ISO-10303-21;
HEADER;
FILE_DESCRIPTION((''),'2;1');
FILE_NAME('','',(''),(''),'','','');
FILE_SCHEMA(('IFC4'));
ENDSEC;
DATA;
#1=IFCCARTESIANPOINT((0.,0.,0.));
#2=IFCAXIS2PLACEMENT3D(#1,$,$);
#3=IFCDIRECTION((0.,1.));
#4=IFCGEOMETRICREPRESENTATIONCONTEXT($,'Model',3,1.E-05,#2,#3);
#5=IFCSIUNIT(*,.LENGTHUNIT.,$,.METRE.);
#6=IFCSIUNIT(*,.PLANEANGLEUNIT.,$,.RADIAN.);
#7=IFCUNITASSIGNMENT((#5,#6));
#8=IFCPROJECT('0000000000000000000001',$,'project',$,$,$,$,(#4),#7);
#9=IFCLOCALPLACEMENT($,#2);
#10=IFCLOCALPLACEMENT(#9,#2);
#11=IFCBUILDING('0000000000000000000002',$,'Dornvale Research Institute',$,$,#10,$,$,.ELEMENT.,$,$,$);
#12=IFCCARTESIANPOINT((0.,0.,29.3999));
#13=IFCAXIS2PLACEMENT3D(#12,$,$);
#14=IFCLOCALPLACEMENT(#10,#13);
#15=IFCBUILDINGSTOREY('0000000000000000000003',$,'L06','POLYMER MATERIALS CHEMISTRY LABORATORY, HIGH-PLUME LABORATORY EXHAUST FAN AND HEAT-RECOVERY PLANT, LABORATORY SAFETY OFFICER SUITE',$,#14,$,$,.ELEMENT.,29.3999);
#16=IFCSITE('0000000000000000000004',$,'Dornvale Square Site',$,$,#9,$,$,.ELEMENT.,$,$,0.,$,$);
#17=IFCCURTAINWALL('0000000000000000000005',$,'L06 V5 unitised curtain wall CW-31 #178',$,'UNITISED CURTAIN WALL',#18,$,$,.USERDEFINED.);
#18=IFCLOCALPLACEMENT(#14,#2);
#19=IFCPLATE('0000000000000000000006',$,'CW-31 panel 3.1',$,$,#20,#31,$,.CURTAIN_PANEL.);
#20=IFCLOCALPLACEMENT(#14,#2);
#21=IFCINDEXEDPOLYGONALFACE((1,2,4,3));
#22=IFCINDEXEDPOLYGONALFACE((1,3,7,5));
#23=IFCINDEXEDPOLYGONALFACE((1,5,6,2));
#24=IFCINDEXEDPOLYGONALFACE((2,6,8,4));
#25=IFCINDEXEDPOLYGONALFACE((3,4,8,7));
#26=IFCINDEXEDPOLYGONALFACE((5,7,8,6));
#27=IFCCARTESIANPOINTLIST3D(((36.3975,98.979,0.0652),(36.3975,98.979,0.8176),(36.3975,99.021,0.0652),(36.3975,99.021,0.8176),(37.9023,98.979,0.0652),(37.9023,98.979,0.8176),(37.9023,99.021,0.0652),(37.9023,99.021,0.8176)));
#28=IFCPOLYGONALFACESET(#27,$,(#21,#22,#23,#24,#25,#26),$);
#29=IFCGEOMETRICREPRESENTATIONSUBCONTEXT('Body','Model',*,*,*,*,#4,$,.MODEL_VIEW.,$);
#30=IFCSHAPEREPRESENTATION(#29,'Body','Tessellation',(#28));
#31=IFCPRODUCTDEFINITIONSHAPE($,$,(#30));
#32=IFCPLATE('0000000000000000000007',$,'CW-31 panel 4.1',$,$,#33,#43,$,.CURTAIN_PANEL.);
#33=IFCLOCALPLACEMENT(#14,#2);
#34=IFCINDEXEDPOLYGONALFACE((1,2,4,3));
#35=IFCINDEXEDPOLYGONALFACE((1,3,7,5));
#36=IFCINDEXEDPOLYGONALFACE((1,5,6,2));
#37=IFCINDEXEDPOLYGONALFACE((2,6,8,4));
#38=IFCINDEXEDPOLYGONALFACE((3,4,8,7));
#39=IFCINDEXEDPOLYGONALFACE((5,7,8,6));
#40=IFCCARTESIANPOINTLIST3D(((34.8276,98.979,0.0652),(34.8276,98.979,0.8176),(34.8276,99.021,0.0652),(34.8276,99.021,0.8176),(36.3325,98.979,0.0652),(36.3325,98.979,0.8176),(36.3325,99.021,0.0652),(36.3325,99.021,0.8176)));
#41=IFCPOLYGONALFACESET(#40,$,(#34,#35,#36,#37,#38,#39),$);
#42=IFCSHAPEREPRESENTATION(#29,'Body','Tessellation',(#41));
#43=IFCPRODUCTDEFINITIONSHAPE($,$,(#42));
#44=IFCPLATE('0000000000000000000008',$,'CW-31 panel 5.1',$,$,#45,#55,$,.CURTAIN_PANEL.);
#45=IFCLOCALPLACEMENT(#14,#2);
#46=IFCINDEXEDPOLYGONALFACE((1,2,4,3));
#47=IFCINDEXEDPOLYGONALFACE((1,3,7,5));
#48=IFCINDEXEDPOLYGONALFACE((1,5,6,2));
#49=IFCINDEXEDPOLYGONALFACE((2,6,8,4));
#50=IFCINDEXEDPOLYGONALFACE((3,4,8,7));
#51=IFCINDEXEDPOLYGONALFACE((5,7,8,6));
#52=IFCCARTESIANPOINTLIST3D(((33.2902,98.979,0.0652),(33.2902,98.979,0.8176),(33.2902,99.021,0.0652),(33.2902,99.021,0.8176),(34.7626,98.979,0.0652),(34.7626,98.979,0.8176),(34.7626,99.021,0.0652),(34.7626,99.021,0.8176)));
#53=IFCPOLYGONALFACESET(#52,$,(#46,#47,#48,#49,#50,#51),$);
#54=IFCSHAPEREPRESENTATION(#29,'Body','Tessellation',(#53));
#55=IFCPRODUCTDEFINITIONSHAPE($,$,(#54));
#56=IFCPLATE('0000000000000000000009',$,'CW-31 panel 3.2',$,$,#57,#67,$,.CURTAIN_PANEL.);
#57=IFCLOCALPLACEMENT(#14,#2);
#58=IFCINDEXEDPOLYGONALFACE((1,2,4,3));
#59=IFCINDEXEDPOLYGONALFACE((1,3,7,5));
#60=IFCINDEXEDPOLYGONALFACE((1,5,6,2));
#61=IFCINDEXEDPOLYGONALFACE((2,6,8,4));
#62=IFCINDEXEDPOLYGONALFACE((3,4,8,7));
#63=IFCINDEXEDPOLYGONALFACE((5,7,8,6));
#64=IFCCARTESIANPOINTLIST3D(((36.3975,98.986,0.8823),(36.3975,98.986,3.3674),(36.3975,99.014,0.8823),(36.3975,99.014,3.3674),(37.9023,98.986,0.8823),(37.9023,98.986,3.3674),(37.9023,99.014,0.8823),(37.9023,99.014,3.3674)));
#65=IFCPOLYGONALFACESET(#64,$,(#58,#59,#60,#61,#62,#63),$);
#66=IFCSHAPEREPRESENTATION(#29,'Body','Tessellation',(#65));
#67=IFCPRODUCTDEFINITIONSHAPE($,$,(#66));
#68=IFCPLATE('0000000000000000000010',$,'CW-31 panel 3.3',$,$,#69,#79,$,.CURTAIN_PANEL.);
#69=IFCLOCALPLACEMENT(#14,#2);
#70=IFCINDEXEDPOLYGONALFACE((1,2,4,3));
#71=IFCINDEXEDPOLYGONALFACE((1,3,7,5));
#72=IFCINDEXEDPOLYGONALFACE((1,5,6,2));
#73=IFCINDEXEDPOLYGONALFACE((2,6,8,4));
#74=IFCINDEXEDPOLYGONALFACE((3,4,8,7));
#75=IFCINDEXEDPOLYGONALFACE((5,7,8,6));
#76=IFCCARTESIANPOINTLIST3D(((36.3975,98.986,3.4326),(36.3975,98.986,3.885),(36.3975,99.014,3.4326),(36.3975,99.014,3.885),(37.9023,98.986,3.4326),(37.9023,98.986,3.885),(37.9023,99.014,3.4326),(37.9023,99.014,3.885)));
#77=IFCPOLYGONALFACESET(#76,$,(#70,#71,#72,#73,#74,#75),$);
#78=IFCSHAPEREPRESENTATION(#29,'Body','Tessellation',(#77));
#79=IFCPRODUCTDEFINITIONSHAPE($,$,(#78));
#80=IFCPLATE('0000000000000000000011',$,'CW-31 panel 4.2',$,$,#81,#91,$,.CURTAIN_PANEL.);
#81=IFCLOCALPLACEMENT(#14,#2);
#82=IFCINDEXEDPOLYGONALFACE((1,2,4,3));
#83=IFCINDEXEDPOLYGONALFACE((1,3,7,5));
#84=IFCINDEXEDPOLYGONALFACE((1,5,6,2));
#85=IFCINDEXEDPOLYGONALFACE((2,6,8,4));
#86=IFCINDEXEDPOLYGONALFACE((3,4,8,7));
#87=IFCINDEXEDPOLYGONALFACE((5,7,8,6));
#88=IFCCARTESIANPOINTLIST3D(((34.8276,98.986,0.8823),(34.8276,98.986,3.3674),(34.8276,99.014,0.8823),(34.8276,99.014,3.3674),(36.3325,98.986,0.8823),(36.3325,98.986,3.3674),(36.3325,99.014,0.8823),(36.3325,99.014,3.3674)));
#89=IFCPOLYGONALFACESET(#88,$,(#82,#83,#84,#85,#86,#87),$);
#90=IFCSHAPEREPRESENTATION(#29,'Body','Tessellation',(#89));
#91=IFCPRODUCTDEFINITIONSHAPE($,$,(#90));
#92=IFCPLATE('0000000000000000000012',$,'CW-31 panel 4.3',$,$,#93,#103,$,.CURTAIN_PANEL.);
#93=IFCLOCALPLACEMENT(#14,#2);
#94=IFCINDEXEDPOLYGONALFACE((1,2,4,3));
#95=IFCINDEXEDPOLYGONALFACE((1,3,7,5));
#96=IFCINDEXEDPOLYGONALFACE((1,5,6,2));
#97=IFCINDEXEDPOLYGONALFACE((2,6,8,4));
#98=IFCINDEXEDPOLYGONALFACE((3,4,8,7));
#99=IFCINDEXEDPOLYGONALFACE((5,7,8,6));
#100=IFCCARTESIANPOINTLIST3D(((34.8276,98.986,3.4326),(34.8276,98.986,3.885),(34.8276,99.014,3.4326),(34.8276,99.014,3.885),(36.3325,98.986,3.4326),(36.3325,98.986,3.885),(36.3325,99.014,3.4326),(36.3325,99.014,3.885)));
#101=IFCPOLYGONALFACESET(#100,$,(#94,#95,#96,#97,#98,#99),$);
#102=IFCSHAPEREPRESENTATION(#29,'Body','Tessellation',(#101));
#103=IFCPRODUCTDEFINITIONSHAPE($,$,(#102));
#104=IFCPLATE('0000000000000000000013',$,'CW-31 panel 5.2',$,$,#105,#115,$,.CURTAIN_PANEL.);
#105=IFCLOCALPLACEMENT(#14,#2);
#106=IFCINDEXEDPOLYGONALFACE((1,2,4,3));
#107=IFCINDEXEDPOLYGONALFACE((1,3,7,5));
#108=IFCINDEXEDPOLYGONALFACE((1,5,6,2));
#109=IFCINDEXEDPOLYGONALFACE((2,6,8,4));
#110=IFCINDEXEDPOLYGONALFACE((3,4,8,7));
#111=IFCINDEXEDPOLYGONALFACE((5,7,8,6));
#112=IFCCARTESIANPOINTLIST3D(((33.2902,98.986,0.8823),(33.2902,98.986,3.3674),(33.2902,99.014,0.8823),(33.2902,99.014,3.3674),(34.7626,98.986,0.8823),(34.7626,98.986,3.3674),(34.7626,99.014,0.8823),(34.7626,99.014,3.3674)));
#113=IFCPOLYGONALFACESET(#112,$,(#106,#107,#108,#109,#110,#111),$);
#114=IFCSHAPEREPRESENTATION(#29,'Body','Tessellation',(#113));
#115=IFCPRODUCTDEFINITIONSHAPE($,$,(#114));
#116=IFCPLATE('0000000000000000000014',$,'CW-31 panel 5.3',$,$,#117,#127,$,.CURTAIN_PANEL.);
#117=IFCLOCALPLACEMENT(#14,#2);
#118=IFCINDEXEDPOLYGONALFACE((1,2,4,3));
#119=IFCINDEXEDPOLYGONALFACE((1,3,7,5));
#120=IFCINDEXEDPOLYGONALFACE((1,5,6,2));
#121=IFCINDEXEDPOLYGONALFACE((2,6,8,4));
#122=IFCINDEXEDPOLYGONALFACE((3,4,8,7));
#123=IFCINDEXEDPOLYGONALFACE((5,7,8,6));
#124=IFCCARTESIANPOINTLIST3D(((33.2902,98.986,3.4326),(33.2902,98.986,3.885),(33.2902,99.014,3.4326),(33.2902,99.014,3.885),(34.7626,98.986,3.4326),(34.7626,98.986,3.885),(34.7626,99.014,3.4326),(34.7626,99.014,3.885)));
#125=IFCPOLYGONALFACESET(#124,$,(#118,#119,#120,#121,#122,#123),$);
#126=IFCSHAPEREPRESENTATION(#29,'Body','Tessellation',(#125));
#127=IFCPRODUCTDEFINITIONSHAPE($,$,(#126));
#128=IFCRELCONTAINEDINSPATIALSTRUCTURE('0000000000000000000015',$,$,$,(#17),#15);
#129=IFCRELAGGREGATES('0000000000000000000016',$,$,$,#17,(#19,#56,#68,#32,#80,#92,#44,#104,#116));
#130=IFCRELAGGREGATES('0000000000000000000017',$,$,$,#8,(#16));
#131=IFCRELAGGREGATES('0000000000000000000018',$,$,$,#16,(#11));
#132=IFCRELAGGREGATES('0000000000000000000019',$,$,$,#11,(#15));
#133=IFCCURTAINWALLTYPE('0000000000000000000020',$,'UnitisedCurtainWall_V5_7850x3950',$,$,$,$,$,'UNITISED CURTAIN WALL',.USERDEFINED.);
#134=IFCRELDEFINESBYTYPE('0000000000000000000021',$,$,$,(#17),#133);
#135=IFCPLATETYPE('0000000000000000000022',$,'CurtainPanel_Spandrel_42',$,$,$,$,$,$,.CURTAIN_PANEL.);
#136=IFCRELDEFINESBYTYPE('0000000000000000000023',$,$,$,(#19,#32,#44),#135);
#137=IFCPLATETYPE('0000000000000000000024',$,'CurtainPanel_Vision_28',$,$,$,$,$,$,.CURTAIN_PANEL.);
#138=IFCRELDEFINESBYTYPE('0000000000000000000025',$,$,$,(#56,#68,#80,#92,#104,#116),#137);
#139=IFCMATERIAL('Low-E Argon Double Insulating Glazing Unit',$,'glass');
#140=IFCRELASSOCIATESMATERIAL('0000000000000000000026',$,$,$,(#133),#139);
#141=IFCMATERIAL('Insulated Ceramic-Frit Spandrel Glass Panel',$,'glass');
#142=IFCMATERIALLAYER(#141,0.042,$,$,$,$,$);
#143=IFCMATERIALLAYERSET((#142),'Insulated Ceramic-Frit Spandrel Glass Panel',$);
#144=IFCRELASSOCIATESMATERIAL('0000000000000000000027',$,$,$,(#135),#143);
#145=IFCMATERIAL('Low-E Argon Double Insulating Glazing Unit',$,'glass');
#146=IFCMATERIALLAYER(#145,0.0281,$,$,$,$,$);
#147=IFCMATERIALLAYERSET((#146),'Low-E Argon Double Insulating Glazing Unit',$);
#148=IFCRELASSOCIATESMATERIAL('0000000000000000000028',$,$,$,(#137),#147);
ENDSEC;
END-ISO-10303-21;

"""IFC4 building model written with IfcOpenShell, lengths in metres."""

from ifc_helpers import new_model, si_unit, direction, frame, origin, origin_2d, place, context, subcontext, project, spatial, rectangle, extrude, material, layer, layer_set, type_object, element, aggregate, save


model = new_model("IFC4")

# Units and contexts
model_context = context("Model", 3, precision=1e-05, world=origin(), true_north=direction((0.0, 1.0)))
body_context = subcontext(model_context, "Body", "Model", "MODEL_VIEW")
ifc_project = project(units=[si_unit("LENGTHUNIT", "METRE"), si_unit("PLANEANGLEUNIT", "RADIAN")], contexts=[model_context])

# Site, building, storey
site_placement = place(None, origin())
site = spatial("IfcSite", under=ifc_project, at=site_placement, Name="Dornvale Square Site", CompositionType="ELEMENT", RefElevation=0.0)
building_placement = place(site_placement, origin())
building = spatial("IfcBuilding", under=site, at=building_placement, Name="Dornvale Research Institute", CompositionType="ELEMENT")
storey_placement = place(building_placement, frame((0.0, 0.0, 29.3999)))
storey = spatial("IfcBuildingStorey", under=building, at=storey_placement, Name="L06", Description="POLYMER MATERIALS CHEMISTRY LABORATORY, HIGH-PLUME LABORATORY EXHAUST FAN AND HEAT-RECOVERY PLANT, LABORATORY SAFETY OFFICER SUITE", CompositionType="ELEMENT", Elevation=29.3999)

# Curtain wall, plates
ifc_material_1 = material(Name="Low-E Argon Double Insulating Glazing Unit", Category="glass")
curtain_wall_type = type_object("IfcCurtainWallType", Name="UnitisedCurtainWall_V5_7850x3950", ElementType="UNITISED CURTAIN WALL", PredefinedType="USERDEFINED", material=ifc_material_1)
curtain_wall_placement = place(storey_placement, origin())
curtain_wall = element("IfcCurtainWall", 1, at=curtain_wall_placement, inside=storey, type_object=curtain_wall_type, Name="L06 V5 unitised curtain wall CW-31 #178", ObjectType="UNITISED CURTAIN WALL", PredefinedType="USERDEFINED")
ifc_material_2 = material(Name="Insulated Ceramic-Frit Spandrel Glass Panel", Category="glass")
ifc_layer_1 = layer(ifc_material_2, 0.042)
ifc_layer_set_1 = layer_set([ifc_layer_1], Name="Insulated Ceramic-Frit Spandrel Glass Panel")
plate_type_1 = type_object("IfcPlateType", Name="CurtainPanel_Spandrel_42", PredefinedType="CURTAIN_PANEL", material=ifc_layer_set_1)
plate_1_placement = place(storey_placement, frame((37.1499, 99.0, 0.0652), z_axis=(0.0, 0.0, 1.0), x_axis=(-1.0, 0.0, 0.0)))
plate_1 = element("IfcPlate", 2, at=plate_1_placement, type_object=plate_type_1, Name="CW-31 panel 3.1", PredefinedType="CURTAIN_PANEL", context=body_context, shape_type="SweptSolid", body=[
    extrude(rectangle(XDim=1.5049, YDim=0.042, at=origin_2d()), origin(), (0.0, 0.0, 1.0), 0.7524),
])
plate_2_placement = place(storey_placement, frame((35.5801, 99.0, 0.0652), z_axis=(0.0, 0.0, 1.0), x_axis=(-1.0, 0.0, 0.0)))
plate_2 = element("IfcPlate", 3, at=plate_2_placement, type_object=plate_type_1, Name="CW-31 panel 4.1", PredefinedType="CURTAIN_PANEL", context=body_context, shape_type="SweptSolid", body=[
    extrude(rectangle(XDim=1.5049, YDim=0.042, at=origin_2d()), origin(), (0.0, 0.0, 1.0), 0.7524),
])
plate_3_placement = place(storey_placement, frame((34.0264, 99.0, 0.0652), z_axis=(0.0, 0.0, 1.0), x_axis=(-1.0, 0.0, 0.0)))
plate_3 = element("IfcPlate", 4, at=plate_3_placement, type_object=plate_type_1, Name="CW-31 panel 5.1", PredefinedType="CURTAIN_PANEL", context=body_context, shape_type="SweptSolid", body=[
    extrude(rectangle(XDim=1.4724, YDim=0.042, at=origin_2d()), origin(), (0.0, 0.0, 1.0), 0.7524),
])
ifc_material_3 = material(Name="Low-E Argon Double Insulating Glazing Unit", Category="glass")
ifc_layer_2 = layer(ifc_material_3, 0.0281)
ifc_layer_set_2 = layer_set([ifc_layer_2], Name="Low-E Argon Double Insulating Glazing Unit")
plate_type_2 = type_object("IfcPlateType", Name="CurtainPanel_Vision_28", PredefinedType="CURTAIN_PANEL", material=ifc_layer_set_2)
plate_4_placement = place(storey_placement, frame((37.1499, 99.0, 0.8823), z_axis=(0.0, 0.0, 1.0), x_axis=(-1.0, 0.0, 0.0)))
plate_4 = element("IfcPlate", 5, at=plate_4_placement, type_object=plate_type_2, Name="CW-31 panel 3.2", PredefinedType="CURTAIN_PANEL", context=body_context, shape_type="SweptSolid", body=[
    extrude(rectangle(XDim=1.5049, YDim=0.0281, at=origin_2d()), origin(), (0.0, 0.0, 1.0), 2.4851),
])
plate_5_placement = place(storey_placement, frame((37.1499, 99.0, 3.4326), z_axis=(0.0, 0.0, 1.0), x_axis=(-1.0, 0.0, 0.0)))
plate_5 = element("IfcPlate", 6, at=plate_5_placement, type_object=plate_type_2, Name="CW-31 panel 3.3", PredefinedType="CURTAIN_PANEL", context=body_context, shape_type="SweptSolid", body=[
    extrude(rectangle(XDim=1.5049, YDim=0.0281, at=origin_2d()), origin(), (0.0, 0.0, 1.0), 0.4524),
])
plate_6_placement = place(storey_placement, frame((35.5801, 99.0, 0.8823), z_axis=(0.0, 0.0, 1.0), x_axis=(-1.0, 0.0, 0.0)))
plate_6 = element("IfcPlate", 7, at=plate_6_placement, type_object=plate_type_2, Name="CW-31 panel 4.2", PredefinedType="CURTAIN_PANEL", context=body_context, shape_type="SweptSolid", body=[
    extrude(rectangle(XDim=1.5049, YDim=0.0281, at=origin_2d()), origin(), (0.0, 0.0, 1.0), 2.4851),
])
plate_7_placement = place(storey_placement, frame((35.5801, 99.0, 3.4326), z_axis=(0.0, 0.0, 1.0), x_axis=(-1.0, 0.0, 0.0)))
plate_7 = element("IfcPlate", 8, at=plate_7_placement, type_object=plate_type_2, Name="CW-31 panel 4.3", PredefinedType="CURTAIN_PANEL", context=body_context, shape_type="SweptSolid", body=[
    extrude(rectangle(XDim=1.5049, YDim=0.0281, at=origin_2d()), origin(), (0.0, 0.0, 1.0), 0.4524),
])
plate_8_placement = place(storey_placement, frame((34.0264, 99.0, 0.8823), z_axis=(0.0, 0.0, 1.0), x_axis=(-1.0, 0.0, 0.0)))
plate_8 = element("IfcPlate", 9, at=plate_8_placement, type_object=plate_type_2, Name="CW-31 panel 5.2", PredefinedType="CURTAIN_PANEL", context=body_context, shape_type="SweptSolid", body=[
    extrude(rectangle(XDim=1.4724, YDim=0.0281, at=origin_2d()), origin(), (0.0, 0.0, 1.0), 2.4851),
])
plate_9_placement = place(storey_placement, frame((34.0264, 99.0, 3.4326), z_axis=(0.0, 0.0, 1.0), x_axis=(-1.0, 0.0, 0.0)))
plate_9 = element("IfcPlate", 10, at=plate_9_placement, type_object=plate_type_2, Name="CW-31 panel 5.3", PredefinedType="CURTAIN_PANEL", context=body_context, shape_type="SweptSolid", body=[
    extrude(rectangle(XDim=1.4724, YDim=0.0281, at=origin_2d()), origin(), (0.0, 0.0, 1.0), 0.4524),
])
aggregate(curtain_wall, [plate_1, plate_4, plate_5, plate_2, plate_6, plate_7, plate_3, plate_8, plate_9])

save(model, "model.ifc")
